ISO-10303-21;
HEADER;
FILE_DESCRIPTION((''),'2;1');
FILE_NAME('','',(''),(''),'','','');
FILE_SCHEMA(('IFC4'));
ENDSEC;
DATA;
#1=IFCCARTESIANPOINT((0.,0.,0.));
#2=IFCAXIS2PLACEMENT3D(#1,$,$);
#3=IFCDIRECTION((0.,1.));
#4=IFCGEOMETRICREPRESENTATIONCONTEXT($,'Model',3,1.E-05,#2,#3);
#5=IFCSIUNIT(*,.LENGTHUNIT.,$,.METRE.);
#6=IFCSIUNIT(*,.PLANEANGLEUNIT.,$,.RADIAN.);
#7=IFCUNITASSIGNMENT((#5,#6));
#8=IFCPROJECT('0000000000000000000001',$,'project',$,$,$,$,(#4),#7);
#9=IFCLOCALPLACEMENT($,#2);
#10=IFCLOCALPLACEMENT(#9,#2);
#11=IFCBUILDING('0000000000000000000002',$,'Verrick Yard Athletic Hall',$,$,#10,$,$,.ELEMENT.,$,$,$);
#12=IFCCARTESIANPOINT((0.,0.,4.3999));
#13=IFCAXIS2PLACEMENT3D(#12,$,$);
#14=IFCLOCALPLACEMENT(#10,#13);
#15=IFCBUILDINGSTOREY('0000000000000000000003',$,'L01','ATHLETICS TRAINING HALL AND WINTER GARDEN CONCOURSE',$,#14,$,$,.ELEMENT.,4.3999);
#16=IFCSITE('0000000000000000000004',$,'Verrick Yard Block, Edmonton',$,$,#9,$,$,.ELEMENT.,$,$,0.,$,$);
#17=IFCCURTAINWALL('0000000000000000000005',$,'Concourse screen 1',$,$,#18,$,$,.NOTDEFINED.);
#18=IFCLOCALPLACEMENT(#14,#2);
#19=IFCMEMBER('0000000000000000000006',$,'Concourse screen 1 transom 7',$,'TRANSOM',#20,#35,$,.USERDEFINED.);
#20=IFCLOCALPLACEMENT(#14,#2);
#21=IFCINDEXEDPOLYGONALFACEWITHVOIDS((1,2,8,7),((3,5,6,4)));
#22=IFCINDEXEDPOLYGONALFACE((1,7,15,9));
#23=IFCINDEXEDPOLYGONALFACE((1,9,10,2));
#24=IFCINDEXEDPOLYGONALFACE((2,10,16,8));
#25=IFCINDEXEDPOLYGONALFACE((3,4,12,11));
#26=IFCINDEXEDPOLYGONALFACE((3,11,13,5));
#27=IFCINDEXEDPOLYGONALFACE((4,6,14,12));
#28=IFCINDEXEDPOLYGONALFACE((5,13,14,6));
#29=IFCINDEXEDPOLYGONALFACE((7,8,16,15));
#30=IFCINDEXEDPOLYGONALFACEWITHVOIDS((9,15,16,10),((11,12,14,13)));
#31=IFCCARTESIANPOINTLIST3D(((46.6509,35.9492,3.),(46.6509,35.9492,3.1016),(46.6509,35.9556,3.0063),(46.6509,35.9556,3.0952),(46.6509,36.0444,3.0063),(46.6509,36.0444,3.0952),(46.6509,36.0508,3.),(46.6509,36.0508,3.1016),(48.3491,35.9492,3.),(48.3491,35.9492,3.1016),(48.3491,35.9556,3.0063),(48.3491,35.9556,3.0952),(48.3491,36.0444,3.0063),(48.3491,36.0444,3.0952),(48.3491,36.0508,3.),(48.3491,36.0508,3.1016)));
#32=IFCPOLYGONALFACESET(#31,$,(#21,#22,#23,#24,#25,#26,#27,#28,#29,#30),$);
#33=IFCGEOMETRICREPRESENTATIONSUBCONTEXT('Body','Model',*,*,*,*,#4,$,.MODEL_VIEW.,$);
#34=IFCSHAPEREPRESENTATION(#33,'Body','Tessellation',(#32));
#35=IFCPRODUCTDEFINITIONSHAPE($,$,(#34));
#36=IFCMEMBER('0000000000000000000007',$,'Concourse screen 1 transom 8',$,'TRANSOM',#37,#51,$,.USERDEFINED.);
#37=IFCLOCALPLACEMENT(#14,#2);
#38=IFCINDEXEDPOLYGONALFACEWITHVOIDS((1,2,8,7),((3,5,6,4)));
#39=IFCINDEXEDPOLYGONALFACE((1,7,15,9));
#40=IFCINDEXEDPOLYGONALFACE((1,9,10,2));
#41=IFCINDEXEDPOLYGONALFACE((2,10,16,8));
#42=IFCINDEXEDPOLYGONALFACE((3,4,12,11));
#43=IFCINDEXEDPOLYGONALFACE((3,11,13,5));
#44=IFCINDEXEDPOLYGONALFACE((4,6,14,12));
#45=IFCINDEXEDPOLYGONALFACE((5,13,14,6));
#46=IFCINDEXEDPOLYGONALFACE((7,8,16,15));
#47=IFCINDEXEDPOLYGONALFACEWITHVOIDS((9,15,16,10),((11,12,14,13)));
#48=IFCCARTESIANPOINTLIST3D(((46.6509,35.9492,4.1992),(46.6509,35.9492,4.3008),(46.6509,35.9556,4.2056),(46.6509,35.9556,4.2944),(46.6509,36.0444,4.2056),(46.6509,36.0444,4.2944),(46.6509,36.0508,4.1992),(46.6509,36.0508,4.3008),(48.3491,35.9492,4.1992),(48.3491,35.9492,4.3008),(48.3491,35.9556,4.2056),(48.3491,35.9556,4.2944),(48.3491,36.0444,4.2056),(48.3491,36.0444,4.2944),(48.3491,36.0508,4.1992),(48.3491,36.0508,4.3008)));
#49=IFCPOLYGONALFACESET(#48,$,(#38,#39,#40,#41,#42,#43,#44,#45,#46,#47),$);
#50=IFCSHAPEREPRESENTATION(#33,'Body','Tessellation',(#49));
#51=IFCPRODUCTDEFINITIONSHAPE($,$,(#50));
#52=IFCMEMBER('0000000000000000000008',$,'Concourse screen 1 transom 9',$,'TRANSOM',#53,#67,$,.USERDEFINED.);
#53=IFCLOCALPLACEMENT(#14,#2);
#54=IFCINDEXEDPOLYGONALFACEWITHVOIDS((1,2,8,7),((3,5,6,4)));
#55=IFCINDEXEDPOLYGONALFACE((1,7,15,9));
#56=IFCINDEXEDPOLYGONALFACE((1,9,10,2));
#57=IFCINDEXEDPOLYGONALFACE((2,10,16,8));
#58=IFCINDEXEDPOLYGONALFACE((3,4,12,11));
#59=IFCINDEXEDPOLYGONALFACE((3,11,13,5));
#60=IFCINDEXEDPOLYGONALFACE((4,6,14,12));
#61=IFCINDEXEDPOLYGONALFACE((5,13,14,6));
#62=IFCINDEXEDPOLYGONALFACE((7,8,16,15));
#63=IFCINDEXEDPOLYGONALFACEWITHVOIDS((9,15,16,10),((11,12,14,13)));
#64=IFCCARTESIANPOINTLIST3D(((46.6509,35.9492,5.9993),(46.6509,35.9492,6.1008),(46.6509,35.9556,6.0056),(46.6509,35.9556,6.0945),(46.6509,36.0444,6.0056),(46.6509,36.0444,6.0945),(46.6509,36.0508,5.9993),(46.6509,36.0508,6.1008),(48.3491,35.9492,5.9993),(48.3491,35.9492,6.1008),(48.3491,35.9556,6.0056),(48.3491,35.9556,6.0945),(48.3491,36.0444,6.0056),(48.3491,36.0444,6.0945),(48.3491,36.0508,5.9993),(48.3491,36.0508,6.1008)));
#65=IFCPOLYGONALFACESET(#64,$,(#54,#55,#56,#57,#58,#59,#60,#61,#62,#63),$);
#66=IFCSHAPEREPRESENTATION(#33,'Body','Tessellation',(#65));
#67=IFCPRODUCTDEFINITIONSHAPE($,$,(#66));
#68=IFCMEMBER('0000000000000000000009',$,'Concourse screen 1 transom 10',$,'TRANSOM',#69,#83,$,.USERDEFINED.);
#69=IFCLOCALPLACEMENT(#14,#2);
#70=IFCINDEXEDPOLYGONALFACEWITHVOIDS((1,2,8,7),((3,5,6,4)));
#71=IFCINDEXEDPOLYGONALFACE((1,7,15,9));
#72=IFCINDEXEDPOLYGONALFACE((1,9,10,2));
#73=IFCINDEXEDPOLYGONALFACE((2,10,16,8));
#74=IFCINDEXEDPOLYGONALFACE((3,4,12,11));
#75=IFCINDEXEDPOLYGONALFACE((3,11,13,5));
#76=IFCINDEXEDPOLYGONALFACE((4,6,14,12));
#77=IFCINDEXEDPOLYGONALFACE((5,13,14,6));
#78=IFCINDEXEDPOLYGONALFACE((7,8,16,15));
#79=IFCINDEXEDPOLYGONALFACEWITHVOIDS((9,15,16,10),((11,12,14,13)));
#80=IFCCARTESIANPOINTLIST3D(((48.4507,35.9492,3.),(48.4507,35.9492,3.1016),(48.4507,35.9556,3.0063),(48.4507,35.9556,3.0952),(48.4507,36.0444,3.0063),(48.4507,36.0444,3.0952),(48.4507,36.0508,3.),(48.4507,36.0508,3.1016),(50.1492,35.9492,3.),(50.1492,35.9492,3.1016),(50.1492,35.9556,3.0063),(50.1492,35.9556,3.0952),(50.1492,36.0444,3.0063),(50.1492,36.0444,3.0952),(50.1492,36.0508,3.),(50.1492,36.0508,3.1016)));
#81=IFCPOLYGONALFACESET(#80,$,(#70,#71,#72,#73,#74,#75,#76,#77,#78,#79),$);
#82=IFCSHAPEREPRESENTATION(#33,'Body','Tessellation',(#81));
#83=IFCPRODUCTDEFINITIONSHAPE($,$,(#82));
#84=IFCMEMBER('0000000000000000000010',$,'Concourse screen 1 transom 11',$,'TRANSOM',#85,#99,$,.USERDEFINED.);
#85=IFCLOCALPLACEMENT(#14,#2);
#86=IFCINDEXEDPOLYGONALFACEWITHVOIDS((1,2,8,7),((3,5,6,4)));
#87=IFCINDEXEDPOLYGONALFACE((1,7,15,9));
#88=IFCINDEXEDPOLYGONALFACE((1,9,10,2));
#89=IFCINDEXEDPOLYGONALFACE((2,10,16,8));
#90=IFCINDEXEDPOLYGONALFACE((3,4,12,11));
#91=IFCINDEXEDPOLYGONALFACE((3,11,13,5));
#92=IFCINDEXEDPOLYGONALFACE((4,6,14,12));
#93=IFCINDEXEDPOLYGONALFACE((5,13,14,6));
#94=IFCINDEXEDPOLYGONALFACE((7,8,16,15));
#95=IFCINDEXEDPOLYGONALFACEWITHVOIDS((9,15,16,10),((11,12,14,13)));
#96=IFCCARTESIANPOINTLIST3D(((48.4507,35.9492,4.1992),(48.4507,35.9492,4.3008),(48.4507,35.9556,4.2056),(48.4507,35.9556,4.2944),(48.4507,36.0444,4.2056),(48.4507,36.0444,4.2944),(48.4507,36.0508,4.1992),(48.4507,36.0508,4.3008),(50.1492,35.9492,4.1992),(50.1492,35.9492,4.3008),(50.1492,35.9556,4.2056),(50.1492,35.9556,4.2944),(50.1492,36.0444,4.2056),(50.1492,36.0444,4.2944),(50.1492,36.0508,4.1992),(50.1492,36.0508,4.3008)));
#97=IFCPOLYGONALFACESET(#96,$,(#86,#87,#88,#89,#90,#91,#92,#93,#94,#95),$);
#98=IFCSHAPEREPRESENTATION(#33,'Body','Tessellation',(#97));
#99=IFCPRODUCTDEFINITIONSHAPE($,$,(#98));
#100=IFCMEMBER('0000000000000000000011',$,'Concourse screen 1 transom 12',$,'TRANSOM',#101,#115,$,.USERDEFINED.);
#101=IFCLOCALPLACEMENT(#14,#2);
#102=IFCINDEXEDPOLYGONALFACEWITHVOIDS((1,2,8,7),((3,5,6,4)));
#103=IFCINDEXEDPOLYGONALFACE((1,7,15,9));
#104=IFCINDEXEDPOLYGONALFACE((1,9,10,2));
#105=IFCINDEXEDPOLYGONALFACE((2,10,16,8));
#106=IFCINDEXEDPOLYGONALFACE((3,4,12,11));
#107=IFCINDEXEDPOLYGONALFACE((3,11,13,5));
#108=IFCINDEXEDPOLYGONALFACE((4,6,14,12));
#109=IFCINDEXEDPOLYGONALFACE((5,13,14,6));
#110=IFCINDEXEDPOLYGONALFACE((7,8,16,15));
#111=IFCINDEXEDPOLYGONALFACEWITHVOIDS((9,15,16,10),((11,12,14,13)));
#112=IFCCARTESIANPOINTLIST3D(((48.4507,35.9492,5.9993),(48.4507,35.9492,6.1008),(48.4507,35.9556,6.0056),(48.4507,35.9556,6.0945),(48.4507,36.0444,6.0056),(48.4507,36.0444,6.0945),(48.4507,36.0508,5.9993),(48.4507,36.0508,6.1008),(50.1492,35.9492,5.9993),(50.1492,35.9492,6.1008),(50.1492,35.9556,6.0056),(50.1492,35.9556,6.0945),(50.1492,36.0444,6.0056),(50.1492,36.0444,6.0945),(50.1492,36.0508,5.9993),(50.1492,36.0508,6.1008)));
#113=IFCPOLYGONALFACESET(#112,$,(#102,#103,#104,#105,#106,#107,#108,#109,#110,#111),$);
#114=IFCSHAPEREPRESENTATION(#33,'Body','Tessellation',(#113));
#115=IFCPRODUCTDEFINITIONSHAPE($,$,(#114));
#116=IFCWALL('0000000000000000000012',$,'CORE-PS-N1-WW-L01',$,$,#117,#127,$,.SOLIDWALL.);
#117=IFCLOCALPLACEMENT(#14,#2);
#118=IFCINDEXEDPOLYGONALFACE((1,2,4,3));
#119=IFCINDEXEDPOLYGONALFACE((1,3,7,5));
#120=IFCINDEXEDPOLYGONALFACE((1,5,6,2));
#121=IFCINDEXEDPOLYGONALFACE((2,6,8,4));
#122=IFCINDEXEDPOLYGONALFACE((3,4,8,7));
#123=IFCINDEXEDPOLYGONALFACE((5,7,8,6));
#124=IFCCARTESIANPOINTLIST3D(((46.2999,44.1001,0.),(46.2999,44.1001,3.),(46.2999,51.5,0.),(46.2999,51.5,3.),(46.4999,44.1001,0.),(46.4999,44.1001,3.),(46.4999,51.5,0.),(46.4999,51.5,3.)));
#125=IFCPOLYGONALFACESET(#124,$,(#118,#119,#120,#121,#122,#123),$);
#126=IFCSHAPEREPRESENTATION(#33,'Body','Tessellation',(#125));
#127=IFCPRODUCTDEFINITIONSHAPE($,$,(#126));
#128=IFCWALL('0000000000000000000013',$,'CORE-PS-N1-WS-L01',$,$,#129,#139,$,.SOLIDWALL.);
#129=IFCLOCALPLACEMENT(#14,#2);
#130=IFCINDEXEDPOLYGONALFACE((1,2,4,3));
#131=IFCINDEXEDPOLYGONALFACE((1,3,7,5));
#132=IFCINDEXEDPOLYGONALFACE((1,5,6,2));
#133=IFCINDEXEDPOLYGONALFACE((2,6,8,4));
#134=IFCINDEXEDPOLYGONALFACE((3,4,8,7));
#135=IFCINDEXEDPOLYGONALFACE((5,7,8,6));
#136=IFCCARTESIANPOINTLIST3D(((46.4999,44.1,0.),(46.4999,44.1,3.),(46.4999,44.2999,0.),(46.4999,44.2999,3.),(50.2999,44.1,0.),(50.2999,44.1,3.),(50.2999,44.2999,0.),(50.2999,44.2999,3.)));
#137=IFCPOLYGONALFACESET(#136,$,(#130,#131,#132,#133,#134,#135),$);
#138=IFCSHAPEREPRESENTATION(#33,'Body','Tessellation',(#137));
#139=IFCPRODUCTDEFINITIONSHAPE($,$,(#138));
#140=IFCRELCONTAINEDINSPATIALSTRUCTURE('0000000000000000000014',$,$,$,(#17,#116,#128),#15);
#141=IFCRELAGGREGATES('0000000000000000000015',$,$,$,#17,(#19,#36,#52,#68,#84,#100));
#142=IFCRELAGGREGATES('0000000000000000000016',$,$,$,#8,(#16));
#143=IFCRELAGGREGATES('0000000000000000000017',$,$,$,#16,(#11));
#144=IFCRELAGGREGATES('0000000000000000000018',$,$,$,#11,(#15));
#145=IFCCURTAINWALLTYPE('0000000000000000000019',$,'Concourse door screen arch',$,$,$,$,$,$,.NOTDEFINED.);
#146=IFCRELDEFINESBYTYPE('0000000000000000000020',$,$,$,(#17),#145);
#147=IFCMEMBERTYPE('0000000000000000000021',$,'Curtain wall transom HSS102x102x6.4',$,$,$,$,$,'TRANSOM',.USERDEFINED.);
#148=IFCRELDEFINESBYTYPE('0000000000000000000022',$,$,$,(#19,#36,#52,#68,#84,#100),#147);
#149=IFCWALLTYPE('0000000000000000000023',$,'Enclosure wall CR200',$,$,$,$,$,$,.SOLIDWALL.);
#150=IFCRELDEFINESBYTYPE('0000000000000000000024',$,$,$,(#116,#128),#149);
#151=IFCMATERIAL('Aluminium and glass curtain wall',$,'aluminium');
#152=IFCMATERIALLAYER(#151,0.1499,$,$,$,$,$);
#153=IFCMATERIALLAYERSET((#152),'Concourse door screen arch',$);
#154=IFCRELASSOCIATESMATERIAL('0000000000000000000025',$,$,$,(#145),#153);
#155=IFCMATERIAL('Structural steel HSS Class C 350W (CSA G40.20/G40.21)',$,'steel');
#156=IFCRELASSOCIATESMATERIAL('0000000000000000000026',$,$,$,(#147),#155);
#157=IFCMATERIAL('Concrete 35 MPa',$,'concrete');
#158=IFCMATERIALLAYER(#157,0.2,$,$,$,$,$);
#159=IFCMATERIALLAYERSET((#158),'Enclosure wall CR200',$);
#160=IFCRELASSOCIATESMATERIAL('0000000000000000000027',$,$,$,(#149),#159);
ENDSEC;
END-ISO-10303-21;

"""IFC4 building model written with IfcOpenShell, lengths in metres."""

from ifc_helpers import new_model, si_unit, direction, frame, frame_2d, origin, origin_2d, place, context, subcontext, project, spatial, rectangle, hollow_rectangle, extrude, material, layer, layer_set, material_profile, profile_set, type_object, element, aggregate, save


model = new_model("IFC4")

# Units and contexts
model_context = context("Model", 3, precision=1e-05, world=origin(), true_north=direction((0.0, 1.0)))
body_context = subcontext(model_context, "Body", "Model", "MODEL_VIEW")
ifc_project = project(units=[si_unit("LENGTHUNIT", "METRE"), si_unit("PLANEANGLEUNIT", "RADIAN")], contexts=[model_context])

# Site, building, storey
site_placement = place(None, origin())
site = spatial("IfcSite", under=ifc_project, at=site_placement, Name="Verrick Yard Block, Edmonton", CompositionType="ELEMENT", RefElevation=0.0)
building_placement = place(site_placement, origin())
building = spatial("IfcBuilding", under=site, at=building_placement, Name="Verrick Yard Athletic Hall", CompositionType="ELEMENT")
storey_placement = place(building_placement, frame((0.0, 0.0, 4.3999)))
storey = spatial("IfcBuildingStorey", under=building, at=storey_placement, Name="L01", Description="ATHLETICS TRAINING HALL AND WINTER GARDEN CONCOURSE", CompositionType="ELEMENT", Elevation=4.3999)

# Curtain wall, members
ifc_material_1 = material(Name="Aluminium and glass curtain wall", Category="aluminium")
ifc_layer_1 = layer(ifc_material_1, 0.1499)
ifc_layer_set_1 = layer_set([ifc_layer_1], Name="Concourse door screen arch")
curtain_wall_type = type_object("IfcCurtainWallType", Name="Concourse door screen arch", PredefinedType="NOTDEFINED", material=ifc_layer_set_1)
curtain_wall_placement = place(storey_placement, origin())
curtain_wall = element("IfcCurtainWall", 1, at=curtain_wall_placement, inside=storey, type_object=curtain_wall_type, Name="Concourse screen 1", PredefinedType="NOTDEFINED")
ifc_material_2 = material(Name="Structural steel HSS Class C 350W (CSA G40.20/G40.21)", Category="steel")
ifc_material_profile_1 = material_profile(ifc_material_2, hollow_rectangle(XDim=0.1016, YDim=0.1016, WallThickness=0.0063, at=origin_2d()), Name="HSS102x102x6.4")
ifc_profile_set_1 = profile_set([ifc_material_profile_1], Name="Structural steel HSS Class C 350W (CSA G40.20/G40.21)")
member_type_1 = type_object("IfcMemberType", Name="Curtain wall transom HSS102x102x6.4", ElementType="TRANSOM", PredefinedType="USERDEFINED", material=ifc_profile_set_1)
member_1_placement = place(storey_placement, frame((46.6509, 36.0, 3.0508), z_axis=(1.0, 0.0, 0.0), x_axis=(0.0, 1.0, 0.0)))
member_1 = element("IfcMember", 2, at=member_1_placement, type_object=member_type_1, Name="Concourse screen 1 transom 7", ObjectType="TRANSOM", PredefinedType="USERDEFINED", context=body_context, shape_type="SweptSolid", body=[
    extrude(hollow_rectangle(XDim=0.1016, YDim=0.1016, WallThickness=0.0063, at=origin_2d()), origin(), (0.0, 0.0, 1.0), 1.6982),
])
member_2_placement = place(storey_placement, frame((46.6509, 36.0, 4.25), z_axis=(1.0, 0.0, 0.0), x_axis=(0.0, 1.0, 0.0)))
member_2 = element("IfcMember", 3, at=member_2_placement, type_object=member_type_1, Name="Concourse screen 1 transom 8", ObjectType="TRANSOM", PredefinedType="USERDEFINED", context=body_context, shape_type="SweptSolid", body=[
    extrude(hollow_rectangle(XDim=0.1016, YDim=0.1016, WallThickness=0.0063, at=origin_2d()), origin(), (0.0, 0.0, 1.0), 1.6982),
])
member_3_placement = place(storey_placement, frame((46.6509, 36.0, 6.05), z_axis=(1.0, 0.0, 0.0), x_axis=(0.0, 1.0, 0.0)))
member_3 = element("IfcMember", 4, at=member_3_placement, type_object=member_type_1, Name="Concourse screen 1 transom 9", ObjectType="TRANSOM", PredefinedType="USERDEFINED", context=body_context, shape_type="SweptSolid", body=[
    extrude(hollow_rectangle(XDim=0.1016, YDim=0.1016, WallThickness=0.0063, at=origin_2d()), origin(), (0.0, 0.0, 1.0), 1.6982),
])
member_4_placement = place(storey_placement, frame((48.4507, 36.0, 3.0508), z_axis=(1.0, 0.0, 0.0), x_axis=(0.0, 1.0, 0.0)))
member_4 = element("IfcMember", 5, at=member_4_placement, type_object=member_type_1, Name="Concourse screen 1 transom 10", ObjectType="TRANSOM", PredefinedType="USERDEFINED", context=body_context, shape_type="SweptSolid", body=[
    extrude(hollow_rectangle(XDim=0.1016, YDim=0.1016, WallThickness=0.0063, at=origin_2d()), origin(), (0.0, 0.0, 1.0), 1.6985),
])
member_5_placement = place(storey_placement, frame((48.4507, 36.0, 4.25), z_axis=(1.0, 0.0, 0.0), x_axis=(0.0, 1.0, 0.0)))
member_5 = element("IfcMember", 6, at=member_5_placement, type_object=member_type_1, Name="Concourse screen 1 transom 11", ObjectType="TRANSOM", PredefinedType="USERDEFINED", context=body_context, shape_type="SweptSolid", body=[
    extrude(hollow_rectangle(XDim=0.1016, YDim=0.1016, WallThickness=0.0063, at=origin_2d()), origin(), (0.0, 0.0, 1.0), 1.6985),
])
member_6_placement = place(storey_placement, frame((48.4507, 36.0, 6.05), z_axis=(1.0, 0.0, 0.0), x_axis=(0.0, 1.0, 0.0)))
member_6 = element("IfcMember", 7, at=member_6_placement, type_object=member_type_1, Name="Concourse screen 1 transom 12", ObjectType="TRANSOM", PredefinedType="USERDEFINED", context=body_context, shape_type="SweptSolid", body=[
    extrude(hollow_rectangle(XDim=0.1016, YDim=0.1016, WallThickness=0.0063, at=origin_2d()), origin(), (0.0, 0.0, 1.0), 1.6985),
])
aggregate(curtain_wall, [member_1, member_2, member_3, member_4, member_5, member_6])

# Shared definitions
ifc_material_3 = material(Name="Concrete 35 MPa", Category="concrete")

# Walls
ifc_layer_2 = layer(ifc_material_3, 0.2)
ifc_layer_set_2 = layer_set([ifc_layer_2], Name="Enclosure wall CR200")
wall_type_1 = type_object("IfcWallType", Name="Enclosure wall CR200", PredefinedType="SOLIDWALL", material=ifc_layer_set_2)
wall_1_placement = place(storey_placement, frame((46.3999, 44.1001, 0.0), z_axis=(0.0, 0.0, 1.0), x_axis=(0.0, 1.0, 0.0)))
element("IfcWall", 8, at=wall_1_placement, inside=storey, type_object=wall_type_1, Name="CORE-PS-N1-WW-L01", PredefinedType="SOLIDWALL", context=body_context, shape_type="SweptSolid", body=[
    extrude(rectangle(XDim=7.3999, YDim=0.2, at=frame_2d((3.7, 0.0))), origin(), (0.0, 0.0, 1.0), 3.0),
])
wall_2_placement = place(storey_placement, frame((46.5, 44.2, 0.0), z_axis=(0.0, 0.0, 1.0), x_axis=(1.0, 0.0, 0.0)))
element("IfcWall", 9, at=wall_2_placement, inside=storey, type_object=wall_type_1, Name="CORE-PS-N1-WS-L01", PredefinedType="SOLIDWALL", context=body_context, shape_type="SweptSolid", body=[
    extrude(rectangle(XDim=3.8, YDim=0.2, at=frame_2d((1.8999, 0.0))), origin(), (0.0, 0.0, 1.0), 3.0),
])

save(model, "model.ifc")
